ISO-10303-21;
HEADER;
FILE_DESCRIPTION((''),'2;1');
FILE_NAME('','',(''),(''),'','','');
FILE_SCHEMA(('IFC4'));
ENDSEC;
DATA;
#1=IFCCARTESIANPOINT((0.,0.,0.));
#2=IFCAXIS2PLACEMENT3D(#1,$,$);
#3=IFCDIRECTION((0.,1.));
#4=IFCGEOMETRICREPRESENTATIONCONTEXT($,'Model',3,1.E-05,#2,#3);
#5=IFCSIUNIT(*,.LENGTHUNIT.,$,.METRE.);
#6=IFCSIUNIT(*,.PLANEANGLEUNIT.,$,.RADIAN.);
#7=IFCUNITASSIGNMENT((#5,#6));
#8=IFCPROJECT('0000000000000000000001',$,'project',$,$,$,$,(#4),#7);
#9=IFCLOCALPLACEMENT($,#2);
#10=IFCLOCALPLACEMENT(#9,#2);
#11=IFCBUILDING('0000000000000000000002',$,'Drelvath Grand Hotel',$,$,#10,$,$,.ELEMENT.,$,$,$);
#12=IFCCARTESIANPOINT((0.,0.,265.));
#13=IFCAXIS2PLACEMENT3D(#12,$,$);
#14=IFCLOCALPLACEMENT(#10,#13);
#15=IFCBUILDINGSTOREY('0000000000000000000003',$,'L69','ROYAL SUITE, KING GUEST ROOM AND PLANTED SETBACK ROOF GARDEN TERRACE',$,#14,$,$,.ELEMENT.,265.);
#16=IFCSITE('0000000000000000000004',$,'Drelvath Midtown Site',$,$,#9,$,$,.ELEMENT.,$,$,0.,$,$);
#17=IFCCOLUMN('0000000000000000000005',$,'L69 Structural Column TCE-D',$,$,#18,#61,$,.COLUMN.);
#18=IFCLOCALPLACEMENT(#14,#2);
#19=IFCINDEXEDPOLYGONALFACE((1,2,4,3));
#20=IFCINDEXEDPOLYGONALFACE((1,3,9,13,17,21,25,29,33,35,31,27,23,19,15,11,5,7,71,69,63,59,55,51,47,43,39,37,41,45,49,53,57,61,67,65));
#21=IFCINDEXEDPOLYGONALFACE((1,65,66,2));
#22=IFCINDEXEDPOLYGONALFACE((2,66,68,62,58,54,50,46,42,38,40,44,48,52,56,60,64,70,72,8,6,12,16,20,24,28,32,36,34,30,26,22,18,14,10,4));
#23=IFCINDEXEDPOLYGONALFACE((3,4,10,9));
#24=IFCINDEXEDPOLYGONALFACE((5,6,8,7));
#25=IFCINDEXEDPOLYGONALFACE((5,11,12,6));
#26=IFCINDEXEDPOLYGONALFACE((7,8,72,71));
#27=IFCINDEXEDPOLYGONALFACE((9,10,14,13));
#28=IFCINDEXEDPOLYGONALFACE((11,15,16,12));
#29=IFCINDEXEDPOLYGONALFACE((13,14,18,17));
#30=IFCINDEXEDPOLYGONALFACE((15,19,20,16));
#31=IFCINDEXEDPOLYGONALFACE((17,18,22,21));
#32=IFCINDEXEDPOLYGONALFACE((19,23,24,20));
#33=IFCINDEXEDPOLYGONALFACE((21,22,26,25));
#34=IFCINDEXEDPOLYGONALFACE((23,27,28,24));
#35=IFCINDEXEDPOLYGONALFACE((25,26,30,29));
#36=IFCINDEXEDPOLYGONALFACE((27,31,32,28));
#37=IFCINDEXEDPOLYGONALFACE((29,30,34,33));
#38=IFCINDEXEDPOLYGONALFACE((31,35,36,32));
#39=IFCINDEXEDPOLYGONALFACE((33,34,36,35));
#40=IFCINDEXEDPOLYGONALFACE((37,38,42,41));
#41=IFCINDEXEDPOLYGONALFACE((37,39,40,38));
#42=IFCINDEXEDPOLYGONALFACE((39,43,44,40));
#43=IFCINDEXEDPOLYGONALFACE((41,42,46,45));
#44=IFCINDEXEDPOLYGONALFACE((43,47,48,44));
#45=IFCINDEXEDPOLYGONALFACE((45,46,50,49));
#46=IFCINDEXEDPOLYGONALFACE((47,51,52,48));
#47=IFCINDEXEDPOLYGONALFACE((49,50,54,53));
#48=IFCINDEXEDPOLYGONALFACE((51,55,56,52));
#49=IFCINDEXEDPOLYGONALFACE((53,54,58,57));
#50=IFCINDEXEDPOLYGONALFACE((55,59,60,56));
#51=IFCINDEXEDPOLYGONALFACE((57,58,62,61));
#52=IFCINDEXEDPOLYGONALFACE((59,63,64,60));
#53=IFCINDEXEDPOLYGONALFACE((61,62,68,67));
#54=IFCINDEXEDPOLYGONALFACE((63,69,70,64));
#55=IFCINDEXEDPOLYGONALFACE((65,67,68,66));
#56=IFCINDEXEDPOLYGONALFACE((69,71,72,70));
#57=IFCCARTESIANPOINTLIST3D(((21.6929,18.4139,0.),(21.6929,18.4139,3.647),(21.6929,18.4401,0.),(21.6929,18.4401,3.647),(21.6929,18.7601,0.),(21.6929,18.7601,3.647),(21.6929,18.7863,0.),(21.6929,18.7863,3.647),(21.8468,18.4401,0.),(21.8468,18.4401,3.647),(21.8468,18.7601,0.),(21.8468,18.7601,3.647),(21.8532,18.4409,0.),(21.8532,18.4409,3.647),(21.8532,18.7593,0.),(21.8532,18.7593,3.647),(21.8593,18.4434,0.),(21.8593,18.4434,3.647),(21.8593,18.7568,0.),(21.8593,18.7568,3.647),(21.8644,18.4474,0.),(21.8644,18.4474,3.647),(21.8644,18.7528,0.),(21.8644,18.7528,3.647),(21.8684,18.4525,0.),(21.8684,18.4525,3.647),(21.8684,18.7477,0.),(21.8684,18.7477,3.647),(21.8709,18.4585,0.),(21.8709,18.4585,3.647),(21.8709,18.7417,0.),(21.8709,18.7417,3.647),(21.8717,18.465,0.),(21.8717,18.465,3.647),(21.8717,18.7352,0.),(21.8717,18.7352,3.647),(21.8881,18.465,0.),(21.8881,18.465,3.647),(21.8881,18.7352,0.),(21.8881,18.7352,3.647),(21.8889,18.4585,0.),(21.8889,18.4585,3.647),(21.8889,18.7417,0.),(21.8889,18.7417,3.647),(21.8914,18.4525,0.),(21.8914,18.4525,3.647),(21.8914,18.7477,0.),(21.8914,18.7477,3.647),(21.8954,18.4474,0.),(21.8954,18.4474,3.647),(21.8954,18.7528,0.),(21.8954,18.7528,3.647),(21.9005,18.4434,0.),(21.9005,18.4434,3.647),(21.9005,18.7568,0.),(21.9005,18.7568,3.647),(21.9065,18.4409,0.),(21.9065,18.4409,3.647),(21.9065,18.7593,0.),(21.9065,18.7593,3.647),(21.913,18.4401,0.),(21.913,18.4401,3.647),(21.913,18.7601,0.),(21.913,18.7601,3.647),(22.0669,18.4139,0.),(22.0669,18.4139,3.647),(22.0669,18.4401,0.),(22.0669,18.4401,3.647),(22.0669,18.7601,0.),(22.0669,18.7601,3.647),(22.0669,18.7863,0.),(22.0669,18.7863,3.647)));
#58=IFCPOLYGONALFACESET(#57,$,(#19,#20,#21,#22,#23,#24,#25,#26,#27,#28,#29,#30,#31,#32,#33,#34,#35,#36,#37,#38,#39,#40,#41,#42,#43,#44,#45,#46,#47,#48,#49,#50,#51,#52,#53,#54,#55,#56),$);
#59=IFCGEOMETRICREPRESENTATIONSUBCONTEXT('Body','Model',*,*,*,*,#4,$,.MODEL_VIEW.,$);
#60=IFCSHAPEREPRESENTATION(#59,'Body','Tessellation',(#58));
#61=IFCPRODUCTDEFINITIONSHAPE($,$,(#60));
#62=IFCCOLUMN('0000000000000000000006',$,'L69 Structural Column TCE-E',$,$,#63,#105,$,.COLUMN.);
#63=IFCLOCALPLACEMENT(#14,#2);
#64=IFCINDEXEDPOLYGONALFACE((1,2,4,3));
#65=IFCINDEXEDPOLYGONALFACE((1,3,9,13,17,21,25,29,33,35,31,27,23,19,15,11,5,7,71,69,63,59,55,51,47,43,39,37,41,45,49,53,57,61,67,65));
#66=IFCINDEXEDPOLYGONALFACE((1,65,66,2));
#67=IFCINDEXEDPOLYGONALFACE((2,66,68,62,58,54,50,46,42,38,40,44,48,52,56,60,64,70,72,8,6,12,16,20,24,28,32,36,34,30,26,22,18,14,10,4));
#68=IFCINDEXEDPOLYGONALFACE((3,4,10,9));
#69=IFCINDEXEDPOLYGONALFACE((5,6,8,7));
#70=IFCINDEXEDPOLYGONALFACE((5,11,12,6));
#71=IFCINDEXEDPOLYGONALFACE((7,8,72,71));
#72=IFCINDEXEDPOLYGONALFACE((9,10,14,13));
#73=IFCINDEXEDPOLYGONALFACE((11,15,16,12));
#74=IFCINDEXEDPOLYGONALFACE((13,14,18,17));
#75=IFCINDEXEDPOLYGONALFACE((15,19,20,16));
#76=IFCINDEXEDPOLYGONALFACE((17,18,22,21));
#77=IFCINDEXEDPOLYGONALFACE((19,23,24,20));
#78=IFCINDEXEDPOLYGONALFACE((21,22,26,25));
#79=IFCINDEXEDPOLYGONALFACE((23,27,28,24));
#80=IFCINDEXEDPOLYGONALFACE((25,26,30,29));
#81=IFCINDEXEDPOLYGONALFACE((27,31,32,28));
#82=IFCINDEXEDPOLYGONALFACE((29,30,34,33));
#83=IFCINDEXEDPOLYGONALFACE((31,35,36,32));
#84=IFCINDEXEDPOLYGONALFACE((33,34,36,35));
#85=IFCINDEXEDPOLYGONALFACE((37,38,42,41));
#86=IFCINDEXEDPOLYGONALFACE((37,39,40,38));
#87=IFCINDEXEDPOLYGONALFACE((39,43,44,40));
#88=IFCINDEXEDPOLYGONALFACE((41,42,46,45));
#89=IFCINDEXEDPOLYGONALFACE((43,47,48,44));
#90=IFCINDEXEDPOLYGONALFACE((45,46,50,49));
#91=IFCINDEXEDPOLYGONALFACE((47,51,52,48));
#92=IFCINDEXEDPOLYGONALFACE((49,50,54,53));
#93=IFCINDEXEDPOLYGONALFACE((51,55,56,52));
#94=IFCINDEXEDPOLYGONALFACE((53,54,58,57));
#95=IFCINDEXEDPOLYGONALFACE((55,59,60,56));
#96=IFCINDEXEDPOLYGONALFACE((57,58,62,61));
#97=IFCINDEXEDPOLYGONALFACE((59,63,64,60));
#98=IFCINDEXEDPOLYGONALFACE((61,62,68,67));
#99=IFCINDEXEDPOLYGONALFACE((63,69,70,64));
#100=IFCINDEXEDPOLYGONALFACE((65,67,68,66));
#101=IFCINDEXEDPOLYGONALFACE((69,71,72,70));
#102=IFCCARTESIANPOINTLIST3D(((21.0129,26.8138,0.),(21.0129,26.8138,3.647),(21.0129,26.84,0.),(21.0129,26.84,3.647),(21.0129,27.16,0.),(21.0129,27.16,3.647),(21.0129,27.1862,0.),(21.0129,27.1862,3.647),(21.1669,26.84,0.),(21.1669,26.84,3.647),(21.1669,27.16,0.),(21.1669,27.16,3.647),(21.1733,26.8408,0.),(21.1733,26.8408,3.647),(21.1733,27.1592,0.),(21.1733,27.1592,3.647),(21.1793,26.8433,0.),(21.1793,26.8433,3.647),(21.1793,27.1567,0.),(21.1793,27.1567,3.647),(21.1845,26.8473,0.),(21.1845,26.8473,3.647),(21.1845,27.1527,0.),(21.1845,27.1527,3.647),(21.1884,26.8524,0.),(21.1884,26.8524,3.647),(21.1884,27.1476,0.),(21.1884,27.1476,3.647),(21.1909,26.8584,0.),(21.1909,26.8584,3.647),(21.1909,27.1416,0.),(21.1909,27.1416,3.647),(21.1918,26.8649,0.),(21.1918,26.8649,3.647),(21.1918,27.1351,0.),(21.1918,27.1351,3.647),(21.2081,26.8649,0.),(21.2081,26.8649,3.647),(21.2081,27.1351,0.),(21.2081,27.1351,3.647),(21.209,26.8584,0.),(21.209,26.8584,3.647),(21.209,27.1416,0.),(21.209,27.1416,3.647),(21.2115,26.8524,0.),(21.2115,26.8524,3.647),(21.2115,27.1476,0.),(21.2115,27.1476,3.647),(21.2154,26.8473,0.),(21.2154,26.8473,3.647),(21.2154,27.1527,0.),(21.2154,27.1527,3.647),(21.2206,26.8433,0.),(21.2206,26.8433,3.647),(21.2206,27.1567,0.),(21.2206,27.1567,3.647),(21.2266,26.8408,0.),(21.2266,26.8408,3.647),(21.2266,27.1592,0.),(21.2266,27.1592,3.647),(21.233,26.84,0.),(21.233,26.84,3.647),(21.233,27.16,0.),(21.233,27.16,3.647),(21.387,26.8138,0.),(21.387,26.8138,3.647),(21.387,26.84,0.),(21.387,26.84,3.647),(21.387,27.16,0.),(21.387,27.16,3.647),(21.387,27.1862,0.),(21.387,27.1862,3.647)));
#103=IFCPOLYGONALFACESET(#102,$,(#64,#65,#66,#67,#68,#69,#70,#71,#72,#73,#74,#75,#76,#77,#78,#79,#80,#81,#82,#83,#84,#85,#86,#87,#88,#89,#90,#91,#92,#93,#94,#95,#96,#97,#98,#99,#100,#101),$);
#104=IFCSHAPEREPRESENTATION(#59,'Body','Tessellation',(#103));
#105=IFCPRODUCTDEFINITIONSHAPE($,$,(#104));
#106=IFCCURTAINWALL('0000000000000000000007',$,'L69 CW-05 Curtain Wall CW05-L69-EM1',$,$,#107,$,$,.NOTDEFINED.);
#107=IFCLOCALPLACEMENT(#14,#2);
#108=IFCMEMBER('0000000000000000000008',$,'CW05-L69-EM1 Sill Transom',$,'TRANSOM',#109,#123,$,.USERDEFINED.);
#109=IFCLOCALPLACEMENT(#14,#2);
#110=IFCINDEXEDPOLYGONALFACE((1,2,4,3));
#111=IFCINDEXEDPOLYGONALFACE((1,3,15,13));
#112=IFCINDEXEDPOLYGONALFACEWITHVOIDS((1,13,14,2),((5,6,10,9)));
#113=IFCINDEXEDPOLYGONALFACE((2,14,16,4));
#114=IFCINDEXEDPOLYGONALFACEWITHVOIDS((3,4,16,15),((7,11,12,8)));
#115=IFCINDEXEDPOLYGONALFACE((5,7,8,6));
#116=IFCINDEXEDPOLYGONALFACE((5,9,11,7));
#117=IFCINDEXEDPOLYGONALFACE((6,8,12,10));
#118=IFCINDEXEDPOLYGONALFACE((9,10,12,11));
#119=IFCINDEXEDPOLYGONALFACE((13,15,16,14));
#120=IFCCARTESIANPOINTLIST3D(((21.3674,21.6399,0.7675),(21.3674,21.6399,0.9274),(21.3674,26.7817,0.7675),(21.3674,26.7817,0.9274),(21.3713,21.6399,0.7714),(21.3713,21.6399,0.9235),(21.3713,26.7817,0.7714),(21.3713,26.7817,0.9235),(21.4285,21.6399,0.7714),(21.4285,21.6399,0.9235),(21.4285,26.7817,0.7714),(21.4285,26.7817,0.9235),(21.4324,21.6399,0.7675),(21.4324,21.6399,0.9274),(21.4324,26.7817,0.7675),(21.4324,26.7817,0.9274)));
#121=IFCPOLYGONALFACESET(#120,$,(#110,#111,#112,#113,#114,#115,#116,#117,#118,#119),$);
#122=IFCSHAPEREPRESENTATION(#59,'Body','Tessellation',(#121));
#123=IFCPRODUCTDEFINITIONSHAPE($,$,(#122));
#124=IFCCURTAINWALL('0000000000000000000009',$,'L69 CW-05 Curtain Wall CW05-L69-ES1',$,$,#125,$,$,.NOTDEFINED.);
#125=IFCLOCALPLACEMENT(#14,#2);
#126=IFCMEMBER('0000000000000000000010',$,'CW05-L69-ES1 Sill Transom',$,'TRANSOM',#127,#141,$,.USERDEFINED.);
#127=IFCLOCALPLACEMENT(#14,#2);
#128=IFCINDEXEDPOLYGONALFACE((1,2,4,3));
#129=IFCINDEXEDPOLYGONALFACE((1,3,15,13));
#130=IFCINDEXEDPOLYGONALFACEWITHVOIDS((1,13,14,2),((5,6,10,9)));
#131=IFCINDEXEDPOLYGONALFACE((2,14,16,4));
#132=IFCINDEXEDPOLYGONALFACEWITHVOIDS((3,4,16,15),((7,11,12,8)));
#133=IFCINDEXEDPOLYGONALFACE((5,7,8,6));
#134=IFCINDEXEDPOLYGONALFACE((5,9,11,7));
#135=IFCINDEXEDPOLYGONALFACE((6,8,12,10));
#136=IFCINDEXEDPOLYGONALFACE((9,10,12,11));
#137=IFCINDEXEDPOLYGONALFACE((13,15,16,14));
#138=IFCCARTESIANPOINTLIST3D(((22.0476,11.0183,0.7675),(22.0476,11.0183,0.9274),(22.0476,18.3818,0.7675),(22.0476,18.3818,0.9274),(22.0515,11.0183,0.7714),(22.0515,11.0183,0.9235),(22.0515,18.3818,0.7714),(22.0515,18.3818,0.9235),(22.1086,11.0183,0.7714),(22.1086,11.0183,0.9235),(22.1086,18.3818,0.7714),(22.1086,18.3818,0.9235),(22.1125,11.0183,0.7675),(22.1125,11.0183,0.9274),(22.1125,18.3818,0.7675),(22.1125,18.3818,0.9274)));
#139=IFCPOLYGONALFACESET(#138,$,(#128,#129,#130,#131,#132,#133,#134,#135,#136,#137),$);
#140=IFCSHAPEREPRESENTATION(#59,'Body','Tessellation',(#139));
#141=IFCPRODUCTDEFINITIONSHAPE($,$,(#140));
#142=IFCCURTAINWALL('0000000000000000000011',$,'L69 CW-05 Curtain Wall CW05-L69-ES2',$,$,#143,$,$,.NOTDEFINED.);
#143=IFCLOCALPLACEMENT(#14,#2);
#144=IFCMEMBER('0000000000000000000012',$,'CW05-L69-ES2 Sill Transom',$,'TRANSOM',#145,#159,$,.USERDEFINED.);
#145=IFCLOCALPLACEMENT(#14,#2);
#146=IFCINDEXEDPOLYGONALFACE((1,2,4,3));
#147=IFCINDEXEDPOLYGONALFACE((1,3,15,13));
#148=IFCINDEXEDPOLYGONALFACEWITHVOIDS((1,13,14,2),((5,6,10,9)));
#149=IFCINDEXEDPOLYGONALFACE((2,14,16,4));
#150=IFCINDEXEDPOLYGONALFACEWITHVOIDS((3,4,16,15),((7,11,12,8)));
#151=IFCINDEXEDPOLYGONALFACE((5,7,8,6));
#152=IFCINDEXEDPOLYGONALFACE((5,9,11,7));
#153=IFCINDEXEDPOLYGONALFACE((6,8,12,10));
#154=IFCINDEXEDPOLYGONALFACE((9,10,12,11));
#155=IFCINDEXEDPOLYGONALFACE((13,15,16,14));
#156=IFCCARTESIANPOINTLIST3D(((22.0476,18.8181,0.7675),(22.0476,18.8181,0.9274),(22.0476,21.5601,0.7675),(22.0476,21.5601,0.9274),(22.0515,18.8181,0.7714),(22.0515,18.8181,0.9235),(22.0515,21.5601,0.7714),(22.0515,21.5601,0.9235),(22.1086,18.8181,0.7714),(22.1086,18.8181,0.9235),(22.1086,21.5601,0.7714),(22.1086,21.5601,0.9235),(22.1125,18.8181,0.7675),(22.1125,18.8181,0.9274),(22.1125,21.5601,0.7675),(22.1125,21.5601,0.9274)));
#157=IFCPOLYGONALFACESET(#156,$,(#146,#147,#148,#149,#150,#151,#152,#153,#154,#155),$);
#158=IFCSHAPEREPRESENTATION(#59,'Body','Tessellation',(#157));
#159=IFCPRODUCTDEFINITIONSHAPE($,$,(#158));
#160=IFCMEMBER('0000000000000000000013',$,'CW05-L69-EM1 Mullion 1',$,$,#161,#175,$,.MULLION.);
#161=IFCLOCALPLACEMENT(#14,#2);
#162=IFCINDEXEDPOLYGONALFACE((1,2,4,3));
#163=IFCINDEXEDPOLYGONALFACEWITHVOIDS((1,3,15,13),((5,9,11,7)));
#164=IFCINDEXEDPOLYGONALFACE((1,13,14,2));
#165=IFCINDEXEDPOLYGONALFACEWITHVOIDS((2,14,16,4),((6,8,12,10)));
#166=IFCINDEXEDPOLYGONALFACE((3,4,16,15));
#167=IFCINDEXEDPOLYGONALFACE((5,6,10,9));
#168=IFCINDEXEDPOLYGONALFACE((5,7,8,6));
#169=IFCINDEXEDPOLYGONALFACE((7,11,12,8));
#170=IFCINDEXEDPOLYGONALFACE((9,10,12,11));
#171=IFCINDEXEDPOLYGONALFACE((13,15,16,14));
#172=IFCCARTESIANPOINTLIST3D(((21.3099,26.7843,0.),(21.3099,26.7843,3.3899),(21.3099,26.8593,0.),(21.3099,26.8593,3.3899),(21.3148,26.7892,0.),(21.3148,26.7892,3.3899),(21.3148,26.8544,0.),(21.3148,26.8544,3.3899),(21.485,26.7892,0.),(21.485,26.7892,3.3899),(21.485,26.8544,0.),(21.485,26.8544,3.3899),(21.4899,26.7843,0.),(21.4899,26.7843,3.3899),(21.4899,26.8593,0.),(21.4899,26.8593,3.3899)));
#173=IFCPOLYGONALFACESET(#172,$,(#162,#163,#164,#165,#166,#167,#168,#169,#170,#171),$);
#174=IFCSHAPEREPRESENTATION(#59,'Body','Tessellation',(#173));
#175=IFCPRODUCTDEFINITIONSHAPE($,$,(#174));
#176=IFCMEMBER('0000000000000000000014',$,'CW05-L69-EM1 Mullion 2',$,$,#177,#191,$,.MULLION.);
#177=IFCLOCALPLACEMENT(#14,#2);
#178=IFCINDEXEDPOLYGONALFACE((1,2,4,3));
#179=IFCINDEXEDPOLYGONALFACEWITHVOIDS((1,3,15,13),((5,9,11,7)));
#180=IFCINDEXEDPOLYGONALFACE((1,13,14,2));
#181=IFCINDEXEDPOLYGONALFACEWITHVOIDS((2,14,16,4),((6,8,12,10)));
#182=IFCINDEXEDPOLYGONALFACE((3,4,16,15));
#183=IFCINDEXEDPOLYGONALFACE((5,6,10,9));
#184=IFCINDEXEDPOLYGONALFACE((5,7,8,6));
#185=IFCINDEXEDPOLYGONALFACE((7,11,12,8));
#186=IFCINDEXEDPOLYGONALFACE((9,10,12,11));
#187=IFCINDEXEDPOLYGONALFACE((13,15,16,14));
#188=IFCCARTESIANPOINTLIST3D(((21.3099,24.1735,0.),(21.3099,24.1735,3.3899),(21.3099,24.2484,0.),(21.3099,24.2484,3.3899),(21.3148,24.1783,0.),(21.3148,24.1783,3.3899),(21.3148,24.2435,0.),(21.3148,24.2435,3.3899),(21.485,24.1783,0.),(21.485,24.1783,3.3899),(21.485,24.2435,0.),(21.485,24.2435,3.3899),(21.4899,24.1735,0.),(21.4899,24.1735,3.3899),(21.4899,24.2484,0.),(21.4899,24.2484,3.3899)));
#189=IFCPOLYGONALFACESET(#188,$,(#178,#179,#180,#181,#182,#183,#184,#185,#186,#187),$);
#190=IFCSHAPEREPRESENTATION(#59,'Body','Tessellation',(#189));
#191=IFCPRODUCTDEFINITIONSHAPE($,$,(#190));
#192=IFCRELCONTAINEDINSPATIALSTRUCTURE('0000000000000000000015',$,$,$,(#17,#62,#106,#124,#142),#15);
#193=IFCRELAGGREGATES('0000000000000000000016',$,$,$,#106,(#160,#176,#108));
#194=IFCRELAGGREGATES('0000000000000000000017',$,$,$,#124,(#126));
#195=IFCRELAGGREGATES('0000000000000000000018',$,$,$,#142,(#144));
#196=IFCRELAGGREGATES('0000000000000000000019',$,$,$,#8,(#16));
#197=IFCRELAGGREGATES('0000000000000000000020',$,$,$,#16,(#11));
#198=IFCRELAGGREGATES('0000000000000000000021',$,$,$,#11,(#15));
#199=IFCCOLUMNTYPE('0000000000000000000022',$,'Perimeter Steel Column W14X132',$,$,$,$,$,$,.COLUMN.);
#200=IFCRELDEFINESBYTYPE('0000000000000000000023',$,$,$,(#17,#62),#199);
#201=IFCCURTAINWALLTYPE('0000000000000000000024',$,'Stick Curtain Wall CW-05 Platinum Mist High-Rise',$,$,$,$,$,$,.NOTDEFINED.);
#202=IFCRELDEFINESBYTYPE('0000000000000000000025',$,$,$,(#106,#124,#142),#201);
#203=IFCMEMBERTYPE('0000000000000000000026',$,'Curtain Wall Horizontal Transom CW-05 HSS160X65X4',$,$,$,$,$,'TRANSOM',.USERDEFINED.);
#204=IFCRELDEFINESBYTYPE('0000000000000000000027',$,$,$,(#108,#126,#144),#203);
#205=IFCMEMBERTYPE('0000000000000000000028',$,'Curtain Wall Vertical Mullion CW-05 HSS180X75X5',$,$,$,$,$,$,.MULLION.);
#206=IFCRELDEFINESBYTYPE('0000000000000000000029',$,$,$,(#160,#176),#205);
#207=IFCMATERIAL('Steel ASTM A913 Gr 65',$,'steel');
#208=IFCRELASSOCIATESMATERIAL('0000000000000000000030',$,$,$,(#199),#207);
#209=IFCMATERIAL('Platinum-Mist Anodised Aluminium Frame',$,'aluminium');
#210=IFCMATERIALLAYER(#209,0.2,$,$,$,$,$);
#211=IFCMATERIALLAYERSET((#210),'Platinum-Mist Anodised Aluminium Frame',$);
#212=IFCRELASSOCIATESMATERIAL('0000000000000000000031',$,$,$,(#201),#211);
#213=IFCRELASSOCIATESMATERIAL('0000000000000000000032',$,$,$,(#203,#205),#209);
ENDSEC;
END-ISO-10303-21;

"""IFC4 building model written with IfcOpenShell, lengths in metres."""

from ifc_helpers import new_model, si_unit, direction, frame, origin, origin_2d, place, context, subcontext, project, spatial, hollow_rectangle, i_section, extrude, material, layer, layer_set, material_profile, profile_set, type_object, element, aggregate, save


model = new_model("IFC4")

# Units and contexts
model_context = context("Model", 3, precision=1e-05, world=origin(), true_north=direction((0.0, 1.0)))
body_context = subcontext(model_context, "Body", "Model", "MODEL_VIEW")
ifc_project = project(units=[si_unit("LENGTHUNIT", "METRE"), si_unit("PLANEANGLEUNIT", "RADIAN")], contexts=[model_context])

# Site, building, storey
site_placement = place(None, origin())
site = spatial("IfcSite", under=ifc_project, at=site_placement, Name="Drelvath Midtown Site", CompositionType="ELEMENT", RefElevation=0.0)
building_placement = place(site_placement, origin())
building = spatial("IfcBuilding", under=site, at=building_placement, Name="Drelvath Grand Hotel", CompositionType="ELEMENT")
storey_placement = place(building_placement, frame((0.0, 0.0, 265.0)))
storey = spatial("IfcBuildingStorey", under=building, at=storey_placement, Name="L69", Description="ROYAL SUITE, KING GUEST ROOM AND PLANTED SETBACK ROOF GARDEN TERRACE", CompositionType="ELEMENT", Elevation=265.0)

# Columns
ifc_material_1 = material(Name="Steel ASTM A913 Gr 65", Category="steel")
ifc_material_profile_1 = material_profile(ifc_material_1, i_section(OverallWidth=0.374, OverallDepth=0.3723, WebThickness=0.0164, FlangeThickness=0.0261, FilletRadius=0.0249, at=origin_2d()), Name="W14X132")
ifc_profile_set_1 = profile_set([ifc_material_profile_1], Name="Steel ASTM A913 Gr 65")
column_type = type_object("IfcColumnType", Name="Perimeter Steel Column W14X132", PredefinedType="COLUMN", material=ifc_profile_set_1)
for number, where, z_axis, x_axis, name in (
    (1, (21.8799, 18.6001, 0.0), (0.0, 0.0, 1.0), (1.0, 0.0, 0.0), "L69 Structural Column TCE-D"),
    (2, (21.2, 27.0, 0.0), (0.0, 0.0, 1.0), (1.0, 0.0, 0.0), "L69 Structural Column TCE-E"),
):
    element("IfcColumn", number, at=place(storey_placement, frame(where, z_axis=z_axis, x_axis=x_axis)), inside=storey, type_object=column_type, Name=name, PredefinedType="COLUMN", context=body_context, shape_type="SweptSolid", body=[
        extrude(i_section(OverallWidth=0.374, OverallDepth=0.3723, WebThickness=0.0164, FlangeThickness=0.0261, FilletRadius=0.0249, at=origin_2d()), origin(), (0.0, 0.0, 1.0), 3.647),
    ])

# Curtain walls, members
ifc_material_2 = material(Name="Platinum-Mist Anodised Aluminium Frame", Category="aluminium")
ifc_layer_1 = layer(ifc_material_2, 0.2)
ifc_layer_set_1 = layer_set([ifc_layer_1], Name="Platinum-Mist Anodised Aluminium Frame")
curtain_wall_type = type_object("IfcCurtainWallType", Name="Stick Curtain Wall CW-05 Platinum Mist High-Rise", PredefinedType="NOTDEFINED", material=ifc_layer_set_1)
curtain_wall_1_placement = place(storey_placement, origin())
curtain_wall_1 = element("IfcCurtainWall", 3, at=curtain_wall_1_placement, inside=storey, type_object=curtain_wall_type, Name="L69 CW-05 Curtain Wall CW05-L69-EM1", PredefinedType="NOTDEFINED")
ifc_material_profile_2 = material_profile(ifc_material_2, hollow_rectangle(XDim=0.0649, YDim=0.1599, WallThickness=0.0039, at=origin_2d()), Name="HSS160X65X4")
ifc_profile_set_2 = profile_set([ifc_material_profile_2], Name="Platinum-Mist Anodised Aluminium Frame")
member_type_1 = type_object("IfcMemberType", Name="Curtain Wall Horizontal Transom CW-05 HSS160X65X4", ElementType="TRANSOM", PredefinedType="USERDEFINED", material=ifc_profile_set_2)
member_1_placement = place(storey_placement, frame((21.3999, 26.7817, 0.8474), z_axis=(0.0, -1.0, 0.0), x_axis=(1.0, 0.0, 0.0)))
member_1 = element("IfcMember", 4, at=member_1_placement, type_object=member_type_1, Name="CW05-L69-EM1 Sill Transom", ObjectType="TRANSOM", PredefinedType="USERDEFINED", context=body_context, shape_type="SweptSolid", body=[
    extrude(hollow_rectangle(XDim=0.0649, YDim=0.1599, WallThickness=0.0039, at=origin_2d()), origin(), (0.0, 0.0, 1.0), 5.1418),
])
curtain_wall_2_placement = place(storey_placement, origin())
curtain_wall_2 = element("IfcCurtainWall", 5, at=curtain_wall_2_placement, inside=storey, type_object=curtain_wall_type, Name="L69 CW-05 Curtain Wall CW05-L69-ES1", PredefinedType="NOTDEFINED")
member_2_placement = place(storey_placement, frame((22.0801, 18.3818, 0.8474), z_axis=(0.0, -1.0, 0.0), x_axis=(1.0, 0.0, 0.0)))
member_2 = element("IfcMember", 6, at=member_2_placement, type_object=member_type_1, Name="CW05-L69-ES1 Sill Transom", ObjectType="TRANSOM", PredefinedType="USERDEFINED", context=body_context, shape_type="SweptSolid", body=[
    extrude(hollow_rectangle(XDim=0.0649, YDim=0.1599, WallThickness=0.0039, at=origin_2d()), origin(), (0.0, 0.0, 1.0), 7.3635),
])
curtain_wall_3_placement = place(storey_placement, origin())
curtain_wall_3 = element("IfcCurtainWall", 7, at=curtain_wall_3_placement, inside=storey, type_object=curtain_wall_type, Name="L69 CW-05 Curtain Wall CW05-L69-ES2", PredefinedType="NOTDEFINED")
member_3_placement = place(storey_placement, frame((22.0801, 21.5601, 0.8474), z_axis=(0.0, -1.0, 0.0), x_axis=(1.0, 0.0, 0.0)))
member_3 = element("IfcMember", 8, at=member_3_placement, type_object=member_type_1, Name="CW05-L69-ES2 Sill Transom", ObjectType="TRANSOM", PredefinedType="USERDEFINED", context=body_context, shape_type="SweptSolid", body=[
    extrude(hollow_rectangle(XDim=0.0649, YDim=0.1599, WallThickness=0.0039, at=origin_2d()), origin(), (0.0, 0.0, 1.0), 2.7419),
])

# Members
ifc_material_profile_3 = material_profile(ifc_material_2, hollow_rectangle(XDim=0.075, YDim=0.1799, WallThickness=0.0049, at=origin_2d()), Name="HSS180X75X5")
ifc_profile_set_3 = profile_set([ifc_material_profile_3], Name="Platinum-Mist Anodised Aluminium Frame")
member_type_2 = type_object("IfcMemberType", Name="Curtain Wall Vertical Mullion CW-05 HSS180X75X5", PredefinedType="MULLION", material=ifc_profile_set_3)
member_4_placement = place(storey_placement, frame((21.3999, 26.8218, 0.0), z_axis=(0.0, 0.0, 1.0), x_axis=(0.0, 1.0, 0.0)))
member_4 = element("IfcMember", 9, at=member_4_placement, type_object=member_type_2, Name="CW05-L69-EM1 Mullion 1", PredefinedType="MULLION", context=body_context, shape_type="SweptSolid", body=[
    extrude(hollow_rectangle(XDim=0.075, YDim=0.1799, WallThickness=0.0049, at=origin_2d()), origin(), (0.0, 0.0, 1.0), 3.3899),
])
member_5_placement = place(storey_placement, frame((21.3999, 24.2109, 0.0), z_axis=(0.0, 0.0, 1.0), x_axis=(0.0, 1.0, 0.0)))
member_5 = element("IfcMember", 10, at=member_5_placement, type_object=member_type_2, Name="CW05-L69-EM1 Mullion 2", PredefinedType="MULLION", context=body_context, shape_type="SweptSolid", body=[
    extrude(hollow_rectangle(XDim=0.075, YDim=0.1799, WallThickness=0.0049, at=origin_2d()), origin(), (0.0, 0.0, 1.0), 3.3899),
])

aggregate(curtain_wall_1, [member_4, member_5, member_1])
aggregate(curtain_wall_2, [member_2])
aggregate(curtain_wall_3, [member_3])

save(model, "model.ifc")
